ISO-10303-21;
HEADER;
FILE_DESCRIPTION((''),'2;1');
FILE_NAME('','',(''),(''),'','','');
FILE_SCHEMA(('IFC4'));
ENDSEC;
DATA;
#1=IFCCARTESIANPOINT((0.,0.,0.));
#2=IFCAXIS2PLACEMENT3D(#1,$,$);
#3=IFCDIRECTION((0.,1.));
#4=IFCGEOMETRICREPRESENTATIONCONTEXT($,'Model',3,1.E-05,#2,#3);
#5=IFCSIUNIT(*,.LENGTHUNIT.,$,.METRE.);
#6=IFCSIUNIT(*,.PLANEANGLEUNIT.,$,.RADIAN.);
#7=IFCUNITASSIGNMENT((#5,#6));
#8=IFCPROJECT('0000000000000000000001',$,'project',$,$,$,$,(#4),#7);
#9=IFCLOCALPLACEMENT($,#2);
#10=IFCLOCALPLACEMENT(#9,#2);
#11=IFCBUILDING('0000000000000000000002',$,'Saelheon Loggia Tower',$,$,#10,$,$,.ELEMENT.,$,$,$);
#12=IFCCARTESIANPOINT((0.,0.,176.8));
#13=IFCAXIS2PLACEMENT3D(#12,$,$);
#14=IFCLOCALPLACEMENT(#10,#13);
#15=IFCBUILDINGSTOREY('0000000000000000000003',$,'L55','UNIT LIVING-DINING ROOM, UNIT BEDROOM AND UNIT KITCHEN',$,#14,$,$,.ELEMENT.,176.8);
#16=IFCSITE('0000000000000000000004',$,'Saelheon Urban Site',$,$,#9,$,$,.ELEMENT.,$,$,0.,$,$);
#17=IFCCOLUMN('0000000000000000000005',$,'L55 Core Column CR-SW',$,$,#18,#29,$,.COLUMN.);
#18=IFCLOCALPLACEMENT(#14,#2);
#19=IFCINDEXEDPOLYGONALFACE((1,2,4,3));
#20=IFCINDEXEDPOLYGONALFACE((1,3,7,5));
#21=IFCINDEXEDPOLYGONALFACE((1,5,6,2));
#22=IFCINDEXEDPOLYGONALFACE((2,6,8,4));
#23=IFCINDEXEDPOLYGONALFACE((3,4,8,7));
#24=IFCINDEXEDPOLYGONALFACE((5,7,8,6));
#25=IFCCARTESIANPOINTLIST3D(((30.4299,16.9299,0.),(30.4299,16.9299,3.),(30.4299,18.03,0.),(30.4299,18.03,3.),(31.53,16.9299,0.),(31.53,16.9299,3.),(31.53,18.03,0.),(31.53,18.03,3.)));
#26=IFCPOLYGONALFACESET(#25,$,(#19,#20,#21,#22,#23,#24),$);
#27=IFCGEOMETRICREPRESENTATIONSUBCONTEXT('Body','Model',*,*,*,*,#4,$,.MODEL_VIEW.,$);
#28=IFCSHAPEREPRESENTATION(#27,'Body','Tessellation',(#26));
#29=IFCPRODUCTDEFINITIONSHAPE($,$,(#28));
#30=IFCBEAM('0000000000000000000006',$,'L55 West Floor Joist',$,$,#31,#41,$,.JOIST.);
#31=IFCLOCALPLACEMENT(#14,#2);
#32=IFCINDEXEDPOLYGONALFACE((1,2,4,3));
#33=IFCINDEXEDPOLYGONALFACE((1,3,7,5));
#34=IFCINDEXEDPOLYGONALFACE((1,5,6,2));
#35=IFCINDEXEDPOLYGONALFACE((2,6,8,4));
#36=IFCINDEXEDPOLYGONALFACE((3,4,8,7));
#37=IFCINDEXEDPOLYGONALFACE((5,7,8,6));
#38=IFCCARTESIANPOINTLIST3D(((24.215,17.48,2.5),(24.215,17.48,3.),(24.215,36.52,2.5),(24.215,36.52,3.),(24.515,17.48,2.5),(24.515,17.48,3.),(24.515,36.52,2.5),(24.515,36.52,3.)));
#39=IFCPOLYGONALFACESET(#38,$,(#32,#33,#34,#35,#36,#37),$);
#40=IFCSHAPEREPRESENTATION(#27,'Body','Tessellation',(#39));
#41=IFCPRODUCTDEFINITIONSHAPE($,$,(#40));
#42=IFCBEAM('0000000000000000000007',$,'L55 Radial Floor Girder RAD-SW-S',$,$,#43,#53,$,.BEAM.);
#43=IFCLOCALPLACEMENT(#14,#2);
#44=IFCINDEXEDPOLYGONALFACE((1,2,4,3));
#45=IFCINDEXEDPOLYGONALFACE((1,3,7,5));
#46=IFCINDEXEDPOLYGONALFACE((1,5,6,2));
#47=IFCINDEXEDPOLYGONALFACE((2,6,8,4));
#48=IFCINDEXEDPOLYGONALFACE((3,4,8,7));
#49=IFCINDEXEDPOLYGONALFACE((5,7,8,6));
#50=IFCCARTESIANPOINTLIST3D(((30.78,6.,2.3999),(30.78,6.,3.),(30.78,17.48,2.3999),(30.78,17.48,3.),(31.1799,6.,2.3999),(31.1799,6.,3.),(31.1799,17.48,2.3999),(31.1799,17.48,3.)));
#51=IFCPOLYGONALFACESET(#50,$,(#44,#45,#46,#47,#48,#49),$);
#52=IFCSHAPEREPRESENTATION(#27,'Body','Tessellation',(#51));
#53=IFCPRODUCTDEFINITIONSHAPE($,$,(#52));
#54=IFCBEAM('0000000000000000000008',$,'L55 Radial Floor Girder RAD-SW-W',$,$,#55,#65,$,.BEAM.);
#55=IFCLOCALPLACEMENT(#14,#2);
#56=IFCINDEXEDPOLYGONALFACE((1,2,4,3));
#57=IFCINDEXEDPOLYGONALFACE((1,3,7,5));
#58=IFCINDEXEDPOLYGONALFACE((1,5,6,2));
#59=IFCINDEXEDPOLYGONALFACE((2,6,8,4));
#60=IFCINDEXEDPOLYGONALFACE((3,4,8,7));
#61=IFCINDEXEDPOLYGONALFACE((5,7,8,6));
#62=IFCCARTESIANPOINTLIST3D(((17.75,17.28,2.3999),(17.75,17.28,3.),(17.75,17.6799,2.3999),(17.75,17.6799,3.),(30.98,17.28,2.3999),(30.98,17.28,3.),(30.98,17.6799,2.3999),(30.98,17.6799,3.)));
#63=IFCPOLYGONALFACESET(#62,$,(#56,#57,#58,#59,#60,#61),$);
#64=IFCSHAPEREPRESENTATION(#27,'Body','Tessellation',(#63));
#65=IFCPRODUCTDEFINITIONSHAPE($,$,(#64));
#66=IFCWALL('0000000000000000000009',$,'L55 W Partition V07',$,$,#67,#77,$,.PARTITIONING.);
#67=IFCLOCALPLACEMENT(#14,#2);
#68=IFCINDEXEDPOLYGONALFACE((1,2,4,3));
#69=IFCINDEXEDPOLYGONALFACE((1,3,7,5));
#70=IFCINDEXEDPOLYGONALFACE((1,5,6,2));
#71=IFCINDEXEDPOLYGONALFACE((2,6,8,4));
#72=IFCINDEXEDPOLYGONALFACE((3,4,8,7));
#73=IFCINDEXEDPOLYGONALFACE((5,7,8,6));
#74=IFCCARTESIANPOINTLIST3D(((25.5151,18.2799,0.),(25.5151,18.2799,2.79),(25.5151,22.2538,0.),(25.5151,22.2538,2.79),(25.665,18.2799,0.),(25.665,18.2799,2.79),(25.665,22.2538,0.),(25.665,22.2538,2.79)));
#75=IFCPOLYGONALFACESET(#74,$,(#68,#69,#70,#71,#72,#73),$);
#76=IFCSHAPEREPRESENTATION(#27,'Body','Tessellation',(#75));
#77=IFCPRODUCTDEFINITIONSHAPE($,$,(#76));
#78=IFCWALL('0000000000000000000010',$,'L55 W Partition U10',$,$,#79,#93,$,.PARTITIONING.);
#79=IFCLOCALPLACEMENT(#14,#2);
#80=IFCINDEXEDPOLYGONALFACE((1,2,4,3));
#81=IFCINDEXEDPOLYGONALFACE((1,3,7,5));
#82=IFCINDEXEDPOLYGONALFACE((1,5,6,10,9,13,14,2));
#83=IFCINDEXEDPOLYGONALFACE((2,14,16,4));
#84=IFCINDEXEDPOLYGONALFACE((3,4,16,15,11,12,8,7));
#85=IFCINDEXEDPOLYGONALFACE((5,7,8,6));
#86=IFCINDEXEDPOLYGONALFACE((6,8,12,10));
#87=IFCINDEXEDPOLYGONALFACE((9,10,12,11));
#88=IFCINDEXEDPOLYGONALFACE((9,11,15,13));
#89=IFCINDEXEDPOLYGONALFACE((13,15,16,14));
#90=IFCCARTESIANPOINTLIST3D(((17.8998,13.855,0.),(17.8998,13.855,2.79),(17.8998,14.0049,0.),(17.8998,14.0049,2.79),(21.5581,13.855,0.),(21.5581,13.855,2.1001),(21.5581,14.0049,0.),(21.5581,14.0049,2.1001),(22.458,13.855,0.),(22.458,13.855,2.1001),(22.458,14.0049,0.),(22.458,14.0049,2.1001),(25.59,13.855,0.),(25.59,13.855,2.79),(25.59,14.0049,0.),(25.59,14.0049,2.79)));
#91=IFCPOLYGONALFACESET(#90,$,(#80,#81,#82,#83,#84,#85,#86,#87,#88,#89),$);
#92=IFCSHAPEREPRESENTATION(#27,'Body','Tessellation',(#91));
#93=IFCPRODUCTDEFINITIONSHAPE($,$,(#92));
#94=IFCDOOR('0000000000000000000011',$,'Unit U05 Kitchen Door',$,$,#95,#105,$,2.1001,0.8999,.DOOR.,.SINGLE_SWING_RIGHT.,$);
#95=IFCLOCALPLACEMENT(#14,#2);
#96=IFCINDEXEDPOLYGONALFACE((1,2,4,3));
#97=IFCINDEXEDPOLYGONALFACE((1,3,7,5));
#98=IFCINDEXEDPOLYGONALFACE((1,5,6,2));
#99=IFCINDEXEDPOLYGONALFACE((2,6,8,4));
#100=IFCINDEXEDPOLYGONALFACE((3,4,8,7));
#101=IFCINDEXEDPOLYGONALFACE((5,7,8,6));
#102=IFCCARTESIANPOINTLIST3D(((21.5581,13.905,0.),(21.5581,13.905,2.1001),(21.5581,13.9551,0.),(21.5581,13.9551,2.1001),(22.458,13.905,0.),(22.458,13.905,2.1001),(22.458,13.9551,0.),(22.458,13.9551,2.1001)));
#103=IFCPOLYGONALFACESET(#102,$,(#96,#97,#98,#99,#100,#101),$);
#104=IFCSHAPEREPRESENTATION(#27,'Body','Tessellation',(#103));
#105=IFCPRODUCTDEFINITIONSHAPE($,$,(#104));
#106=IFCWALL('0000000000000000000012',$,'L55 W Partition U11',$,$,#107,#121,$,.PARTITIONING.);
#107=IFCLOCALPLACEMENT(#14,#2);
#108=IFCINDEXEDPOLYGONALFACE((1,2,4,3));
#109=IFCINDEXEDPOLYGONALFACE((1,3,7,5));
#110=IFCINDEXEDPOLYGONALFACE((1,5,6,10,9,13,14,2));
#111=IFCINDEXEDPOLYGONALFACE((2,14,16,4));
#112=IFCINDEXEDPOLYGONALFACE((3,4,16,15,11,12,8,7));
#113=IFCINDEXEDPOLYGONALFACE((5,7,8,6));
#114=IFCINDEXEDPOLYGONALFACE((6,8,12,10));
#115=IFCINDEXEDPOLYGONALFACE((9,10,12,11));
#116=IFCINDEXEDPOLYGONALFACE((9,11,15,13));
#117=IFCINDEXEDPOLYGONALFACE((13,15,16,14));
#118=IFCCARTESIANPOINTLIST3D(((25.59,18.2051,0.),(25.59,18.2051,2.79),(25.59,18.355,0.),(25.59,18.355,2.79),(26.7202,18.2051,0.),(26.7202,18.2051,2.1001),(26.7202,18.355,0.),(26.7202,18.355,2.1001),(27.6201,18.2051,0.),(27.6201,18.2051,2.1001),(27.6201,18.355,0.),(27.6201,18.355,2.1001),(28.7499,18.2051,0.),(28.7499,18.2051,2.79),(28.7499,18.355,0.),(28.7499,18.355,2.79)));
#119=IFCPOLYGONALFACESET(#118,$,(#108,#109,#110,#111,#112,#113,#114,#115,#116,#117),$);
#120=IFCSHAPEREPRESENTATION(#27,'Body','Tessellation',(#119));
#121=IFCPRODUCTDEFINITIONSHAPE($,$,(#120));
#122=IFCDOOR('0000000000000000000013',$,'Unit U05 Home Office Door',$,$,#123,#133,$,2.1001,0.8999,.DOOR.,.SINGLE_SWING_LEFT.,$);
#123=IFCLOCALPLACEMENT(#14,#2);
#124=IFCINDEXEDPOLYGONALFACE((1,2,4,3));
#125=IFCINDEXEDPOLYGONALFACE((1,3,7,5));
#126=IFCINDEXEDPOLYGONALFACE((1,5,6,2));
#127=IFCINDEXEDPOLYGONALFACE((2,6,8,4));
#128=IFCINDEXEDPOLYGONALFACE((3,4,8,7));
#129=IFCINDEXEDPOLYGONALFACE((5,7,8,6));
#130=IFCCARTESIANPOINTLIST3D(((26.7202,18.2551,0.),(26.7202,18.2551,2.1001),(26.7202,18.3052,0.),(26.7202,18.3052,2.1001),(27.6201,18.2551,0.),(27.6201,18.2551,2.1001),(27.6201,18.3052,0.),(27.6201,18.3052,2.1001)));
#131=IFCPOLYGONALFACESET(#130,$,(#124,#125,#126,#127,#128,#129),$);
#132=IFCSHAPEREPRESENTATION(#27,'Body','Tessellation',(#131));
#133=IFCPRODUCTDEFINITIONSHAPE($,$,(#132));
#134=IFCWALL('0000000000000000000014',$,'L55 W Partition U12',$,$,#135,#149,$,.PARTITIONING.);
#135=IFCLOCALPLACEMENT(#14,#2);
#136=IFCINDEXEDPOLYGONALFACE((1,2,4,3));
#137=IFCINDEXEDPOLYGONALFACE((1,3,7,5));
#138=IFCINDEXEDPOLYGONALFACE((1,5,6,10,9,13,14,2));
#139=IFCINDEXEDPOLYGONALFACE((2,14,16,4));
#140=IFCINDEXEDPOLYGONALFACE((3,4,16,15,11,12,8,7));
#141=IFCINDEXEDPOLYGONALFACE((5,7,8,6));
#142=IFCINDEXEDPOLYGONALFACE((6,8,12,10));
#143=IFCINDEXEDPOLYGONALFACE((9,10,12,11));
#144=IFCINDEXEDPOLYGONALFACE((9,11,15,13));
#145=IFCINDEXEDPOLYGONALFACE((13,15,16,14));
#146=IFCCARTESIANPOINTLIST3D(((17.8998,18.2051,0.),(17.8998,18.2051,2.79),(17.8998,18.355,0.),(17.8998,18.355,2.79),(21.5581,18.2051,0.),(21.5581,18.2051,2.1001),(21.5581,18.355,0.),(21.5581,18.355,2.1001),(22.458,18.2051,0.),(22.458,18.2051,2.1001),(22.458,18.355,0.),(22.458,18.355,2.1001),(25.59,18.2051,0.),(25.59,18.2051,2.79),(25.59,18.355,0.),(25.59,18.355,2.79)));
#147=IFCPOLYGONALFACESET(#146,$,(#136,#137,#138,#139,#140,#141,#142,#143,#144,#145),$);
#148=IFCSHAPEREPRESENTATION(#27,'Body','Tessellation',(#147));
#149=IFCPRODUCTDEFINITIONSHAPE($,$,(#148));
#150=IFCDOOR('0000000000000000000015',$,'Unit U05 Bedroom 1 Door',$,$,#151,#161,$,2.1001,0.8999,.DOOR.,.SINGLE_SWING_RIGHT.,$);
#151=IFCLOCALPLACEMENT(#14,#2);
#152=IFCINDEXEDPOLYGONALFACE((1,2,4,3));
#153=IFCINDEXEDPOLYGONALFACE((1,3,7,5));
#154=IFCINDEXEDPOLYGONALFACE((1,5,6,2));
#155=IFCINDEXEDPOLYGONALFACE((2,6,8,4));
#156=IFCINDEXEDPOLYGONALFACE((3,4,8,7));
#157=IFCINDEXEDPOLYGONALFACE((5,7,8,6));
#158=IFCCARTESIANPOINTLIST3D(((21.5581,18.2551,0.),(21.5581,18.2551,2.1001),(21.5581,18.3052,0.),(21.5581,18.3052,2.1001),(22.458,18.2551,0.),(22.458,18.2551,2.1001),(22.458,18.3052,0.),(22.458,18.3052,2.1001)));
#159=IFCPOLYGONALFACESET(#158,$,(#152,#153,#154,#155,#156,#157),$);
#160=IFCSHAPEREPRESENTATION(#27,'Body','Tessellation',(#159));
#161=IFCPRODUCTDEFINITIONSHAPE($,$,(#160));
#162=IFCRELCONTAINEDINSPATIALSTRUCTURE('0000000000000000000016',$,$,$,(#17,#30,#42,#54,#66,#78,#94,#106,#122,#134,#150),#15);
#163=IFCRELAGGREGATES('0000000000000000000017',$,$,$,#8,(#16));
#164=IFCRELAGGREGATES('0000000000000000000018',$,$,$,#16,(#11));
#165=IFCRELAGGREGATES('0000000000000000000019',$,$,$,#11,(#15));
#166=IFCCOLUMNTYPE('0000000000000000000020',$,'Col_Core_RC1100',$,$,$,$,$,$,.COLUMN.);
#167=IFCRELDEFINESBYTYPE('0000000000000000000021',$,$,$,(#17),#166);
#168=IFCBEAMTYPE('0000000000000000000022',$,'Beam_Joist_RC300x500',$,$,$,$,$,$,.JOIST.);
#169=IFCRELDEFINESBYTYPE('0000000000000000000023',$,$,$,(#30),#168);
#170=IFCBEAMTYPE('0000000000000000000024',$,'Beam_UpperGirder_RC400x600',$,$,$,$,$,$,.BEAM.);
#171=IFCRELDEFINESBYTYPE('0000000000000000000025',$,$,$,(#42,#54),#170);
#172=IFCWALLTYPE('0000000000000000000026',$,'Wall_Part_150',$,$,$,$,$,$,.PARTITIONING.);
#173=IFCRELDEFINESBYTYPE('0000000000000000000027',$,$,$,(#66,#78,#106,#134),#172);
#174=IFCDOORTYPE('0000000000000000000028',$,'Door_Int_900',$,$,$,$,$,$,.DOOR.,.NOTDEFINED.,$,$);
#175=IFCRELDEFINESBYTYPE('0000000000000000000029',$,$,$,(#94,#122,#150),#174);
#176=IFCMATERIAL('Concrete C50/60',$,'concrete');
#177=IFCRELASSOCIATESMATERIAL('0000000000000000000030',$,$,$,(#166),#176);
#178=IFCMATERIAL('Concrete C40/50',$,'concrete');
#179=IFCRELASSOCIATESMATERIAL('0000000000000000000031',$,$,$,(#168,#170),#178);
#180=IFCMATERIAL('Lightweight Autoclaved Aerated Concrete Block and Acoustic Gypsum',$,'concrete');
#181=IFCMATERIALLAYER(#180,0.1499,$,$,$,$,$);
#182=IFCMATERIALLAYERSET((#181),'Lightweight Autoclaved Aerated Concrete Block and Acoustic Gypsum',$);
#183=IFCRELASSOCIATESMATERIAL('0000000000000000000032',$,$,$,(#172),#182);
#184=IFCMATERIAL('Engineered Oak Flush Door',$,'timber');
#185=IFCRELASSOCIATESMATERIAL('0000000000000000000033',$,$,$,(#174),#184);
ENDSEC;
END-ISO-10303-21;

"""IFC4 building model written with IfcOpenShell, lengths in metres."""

from ifc_helpers import new_model, si_unit, direction, frame, frame_2d, origin, origin_2d, place, context, subcontext, project, spatial, rectangle, extrude, source, transform, mapped, material, layer, layer_set, material_profile, profile_set, type_object, element, fill, save


model = new_model("IFC4")

# Units and contexts
model_context = context("Model", 3, precision=1e-05, world=origin(), true_north=direction((0.0, 1.0)))
body_context = subcontext(model_context, "Body", "Model", "MODEL_VIEW")
ifc_project = project(units=[si_unit("LENGTHUNIT", "METRE"), si_unit("PLANEANGLEUNIT", "RADIAN")], contexts=[model_context])

# Site, building, storey
site_placement = place(None, origin())
site = spatial("IfcSite", under=ifc_project, at=site_placement, Name="Saelheon Urban Site", CompositionType="ELEMENT", RefElevation=0.0)
building_placement = place(site_placement, origin())
building = spatial("IfcBuilding", under=site, at=building_placement, Name="Saelheon Loggia Tower", CompositionType="ELEMENT")
storey_placement = place(building_placement, frame((0.0, 0.0, 176.8)))
storey = spatial("IfcBuildingStorey", under=building, at=storey_placement, Name="L55", Description="UNIT LIVING-DINING ROOM, UNIT BEDROOM AND UNIT KITCHEN", CompositionType="ELEMENT", Elevation=176.8)

# Column
ifc_material_1 = material(Name="Concrete C50/60", Category="concrete")
ifc_material_profile_1 = material_profile(ifc_material_1, rectangle(XDim=1.1001, YDim=1.1001, at=origin_2d()), Name="RC-1100x1100")
ifc_profile_set_1 = profile_set([ifc_material_profile_1], Name="Concrete C50/60")
column_type = type_object("IfcColumnType", Name="Col_Core_RC1100", PredefinedType="COLUMN", material=ifc_profile_set_1)
shared_shape_1 = source(origin(), body_context, "Body", "SweptSolid", [
    extrude(rectangle(XDim=1.1001, YDim=1.1001, at=origin_2d()), origin(), (0.0, 0.0, 1.0), 3.0),
])
column_placement = place(storey_placement, frame((30.98, 17.48, 0.0), z_axis=(0.0, 0.0, 1.0), x_axis=(1.0, 0.0, 0.0)))
element("IfcColumn", 1, at=column_placement, inside=storey, type_object=column_type, Name="L55 Core Column CR-SW", PredefinedType="COLUMN", context=body_context, shape_type="MappedRepresentation", body=[
    mapped(shared_shape_1, transform((0.0, 0.0, 0.0), scale=1.0)),
])

# Beams
ifc_material_2 = material(Name="Concrete C40/50", Category="concrete")
ifc_material_profile_2 = material_profile(ifc_material_2, rectangle(XDim=0.3, YDim=0.5, at=origin_2d()), Name="RC-300x500")
ifc_profile_set_2 = profile_set([ifc_material_profile_2], Name="Concrete C40/50")
beam_type_1 = type_object("IfcBeamType", Name="Beam_Joist_RC300x500", PredefinedType="JOIST", material=ifc_profile_set_2)
shared_shape_2 = source(origin(), body_context, "Body", "SweptSolid", [
    extrude(rectangle(XDim=0.3, YDim=0.5, at=origin_2d()), origin(), (0.0, 0.0, 1.0), 19.04),
])
beam_1_placement = place(storey_placement, frame((24.365, 17.48, 2.75), z_axis=(0.0, 1.0, 0.0), x_axis=(-1.0, 0.0, 0.0)))
element("IfcBeam", 2, at=beam_1_placement, inside=storey, type_object=beam_type_1, Name="L55 West Floor Joist", PredefinedType="JOIST", context=body_context, shape_type="MappedRepresentation", body=[
    mapped(shared_shape_2, transform((0.0, 0.0, 0.0), scale=1.0)),
])
ifc_material_profile_3 = material_profile(ifc_material_2, rectangle(XDim=0.3999, YDim=0.6001, at=origin_2d()), Name="RC-400x600")
ifc_profile_set_3 = profile_set([ifc_material_profile_3], Name="Concrete C40/50")
beam_type_2 = type_object("IfcBeamType", Name="Beam_UpperGirder_RC400x600", PredefinedType="BEAM", material=ifc_profile_set_3)
shared_shape_3 = source(origin(), body_context, "Body", "SweptSolid", [
    extrude(rectangle(XDim=0.3999, YDim=0.6001, at=origin_2d()), origin(), (0.0, 0.0, 1.0), 11.48),
])
beam_2_placement = place(storey_placement, frame((30.98, 17.48, 2.7), z_axis=(0.0, -1.0, 0.0), x_axis=(1.0, 0.0, 0.0)))
element("IfcBeam", 3, at=beam_2_placement, inside=storey, type_object=beam_type_2, Name="L55 Radial Floor Girder RAD-SW-S", PredefinedType="BEAM", context=body_context, shape_type="MappedRepresentation", body=[
    mapped(shared_shape_3, transform((0.0, 0.0, 0.0), scale=1.0)),
])
shared_shape_4 = source(origin(), body_context, "Body", "SweptSolid", [
    extrude(rectangle(XDim=0.3999, YDim=0.6001, at=origin_2d()), origin(), (0.0, 0.0, 1.0), 13.23),
])
beam_3_placement = place(storey_placement, frame((30.98, 17.48, 2.7), z_axis=(-1.0, 0.0, 0.0), x_axis=(0.0, -1.0, 0.0)))
element("IfcBeam", 4, at=beam_3_placement, inside=storey, type_object=beam_type_2, Name="L55 Radial Floor Girder RAD-SW-W", PredefinedType="BEAM", context=body_context, shape_type="MappedRepresentation", body=[
    mapped(shared_shape_4, transform((0.0, 0.0, 0.0), scale=1.0)),
])

# Wall
ifc_material_3 = material(Name="Lightweight Autoclaved Aerated Concrete Block and Acoustic Gypsum", Category="concrete")
ifc_layer_1 = layer(ifc_material_3, 0.1499)
ifc_layer_set_1 = layer_set([ifc_layer_1], Name="Lightweight Autoclaved Aerated Concrete Block and Acoustic Gypsum")
wall_type_1 = type_object("IfcWallType", Name="Wall_Part_150", PredefinedType="PARTITIONING", material=ifc_layer_set_1)
wall_1_placement = place(storey_placement, frame((25.5901, 18.28, 0.0), z_axis=(0.0, 0.0, 1.0), x_axis=(0.0, 1.0, 0.0)))
element("IfcWall", 5, at=wall_1_placement, inside=storey, type_object=wall_type_1, Name="L55 W Partition V07", PredefinedType="PARTITIONING", context=body_context, shape_type="SweptSolid", body=[
    extrude(rectangle(XDim=3.9739, YDim=0.1499, at=frame_2d((1.9868, 0.0))), origin(), (0.0, 0.0, 1.0), 2.79),
])

# Walls, openings, doors
wall_2_placement = place(storey_placement, frame((25.5901, 13.9299, 0.0), z_axis=(0.0, 0.0, 1.0), x_axis=(-1.0, 0.0, 0.0)))
wall_2 = element("IfcWall", 6, at=wall_2_placement, inside=storey, type_object=wall_type_1, Name="L55 W Partition U10", PredefinedType="PARTITIONING", context=body_context, shape_type="SweptSolid", body=[
    extrude(rectangle(XDim=7.6902, YDim=0.1499, at=frame_2d((3.8452, 0.0))), origin(), (0.0, 0.0, 1.0), 2.79),
])
opening_1_placement = place(wall_2_placement, frame((3.1321, 0.0, 0.0)))
opening_1 = element("IfcOpeningElement", 7, at=opening_1_placement, cuts=wall_2, PredefinedType="OPENING", context=body_context, shape_type="SweptSolid", body=[
    extrude(rectangle(XDim=0.8999, YDim=2.1001, at=frame_2d((0.45, 1.05))), frame((0.0, 0.0869, 0.0), z_axis=(0.0, -1.0, 0.0), x_axis=(1.0, 0.0, 0.0)), (0.0, 0.0, 1.0), 0.1738),
])
ifc_material_4 = material(Name="Engineered Oak Flush Door", Category="timber")
door_type_1 = type_object("IfcDoorType", Name="Door_Int_900", OperationType="NOTDEFINED", PredefinedType="DOOR", material=ifc_material_4)
shared_shape_5 = source(origin(), body_context, "Body", "SweptSolid", [
    extrude(rectangle(XDim=0.8999, YDim=2.1001, at=frame_2d((0.45, 1.05))), frame((0.0, 0.0249, 0.0), z_axis=(0.0, -1.0, 0.0), x_axis=(1.0, 0.0, 0.0)), (0.0, 0.0, 1.0), 0.05),
])
door_1_placement = place(opening_1_placement, origin())
door_1 = element("IfcDoor", 8, at=door_1_placement, inside=storey, type_object=door_type_1, Name="Unit U05 Kitchen Door", OperationType="SINGLE_SWING_RIGHT", OverallHeight=2.1001, OverallWidth=0.8999, PredefinedType="DOOR", context=body_context, shape_type="MappedRepresentation", body=[
    mapped(shared_shape_5, transform((0.0, 0.0, 0.0), scale=1.0)),
])
fill(opening_1, door_1)
wall_3_placement = place(storey_placement, frame((28.75, 18.28, 0.0), z_axis=(0.0, 0.0, 1.0), x_axis=(-1.0, 0.0, 0.0)))
wall_3 = element("IfcWall", 9, at=wall_3_placement, inside=storey, type_object=wall_type_1, Name="L55 W Partition U11", PredefinedType="PARTITIONING", context=body_context, shape_type="SweptSolid", body=[
    extrude(rectangle(XDim=3.1599, YDim=0.1499, at=frame_2d((1.5801, 0.0))), origin(), (0.0, 0.0, 1.0), 2.79),
])
opening_2_placement = place(wall_3_placement, frame((1.1299, 0.0, 0.0)))
opening_2 = element("IfcOpeningElement", 10, at=opening_2_placement, cuts=wall_3, PredefinedType="OPENING", context=body_context, shape_type="SweptSolid", body=[
    extrude(rectangle(XDim=0.8999, YDim=2.1001, at=frame_2d((0.45, 1.05))), frame((0.0, 0.0869, 0.0), z_axis=(0.0, -1.0, 0.0), x_axis=(1.0, 0.0, 0.0)), (0.0, 0.0, 1.0), 0.1738),
])
door_2_placement = place(opening_2_placement, origin())
door_2 = element("IfcDoor", 11, at=door_2_placement, inside=storey, type_object=door_type_1, Name="Unit U05 Home Office Door", OperationType="SINGLE_SWING_LEFT", OverallHeight=2.1001, OverallWidth=0.8999, PredefinedType="DOOR", context=body_context, shape_type="MappedRepresentation", body=[
    mapped(shared_shape_5, transform((0.0, 0.0, 0.0), scale=1.0)),
])
fill(opening_2, door_2)
wall_4_placement = place(storey_placement, frame((25.5901, 18.28, 0.0), z_axis=(0.0, 0.0, 1.0), x_axis=(-1.0, 0.0, 0.0)))
wall_4 = element("IfcWall", 12, at=wall_4_placement, inside=storey, type_object=wall_type_1, Name="L55 W Partition U12", PredefinedType="PARTITIONING", context=body_context, shape_type="SweptSolid", body=[
    extrude(rectangle(XDim=7.6902, YDim=0.1499, at=frame_2d((3.8452, 0.0))), origin(), (0.0, 0.0, 1.0), 2.79),
])
opening_3_placement = place(wall_4_placement, frame((3.1321, 0.0, 0.0)))
opening_3 = element("IfcOpeningElement", 13, at=opening_3_placement, cuts=wall_4, PredefinedType="OPENING", context=body_context, shape_type="SweptSolid", body=[
    extrude(rectangle(XDim=0.8999, YDim=2.1001, at=frame_2d((0.45, 1.05))), frame((0.0, 0.0869, 0.0), z_axis=(0.0, -1.0, 0.0), x_axis=(1.0, 0.0, 0.0)), (0.0, 0.0, 1.0), 0.1738),
])
door_3_placement = place(opening_3_placement, origin())
door_3 = element("IfcDoor", 14, at=door_3_placement, inside=storey, type_object=door_type_1, Name="Unit U05 Bedroom 1 Door", OperationType="SINGLE_SWING_RIGHT", OverallHeight=2.1001, OverallWidth=0.8999, PredefinedType="DOOR", context=body_context, shape_type="MappedRepresentation", body=[
    mapped(shared_shape_5, transform((0.0, 0.0, 0.0), scale=1.0)),
])
fill(opening_3, door_3)

save(model, "model.ifc")
